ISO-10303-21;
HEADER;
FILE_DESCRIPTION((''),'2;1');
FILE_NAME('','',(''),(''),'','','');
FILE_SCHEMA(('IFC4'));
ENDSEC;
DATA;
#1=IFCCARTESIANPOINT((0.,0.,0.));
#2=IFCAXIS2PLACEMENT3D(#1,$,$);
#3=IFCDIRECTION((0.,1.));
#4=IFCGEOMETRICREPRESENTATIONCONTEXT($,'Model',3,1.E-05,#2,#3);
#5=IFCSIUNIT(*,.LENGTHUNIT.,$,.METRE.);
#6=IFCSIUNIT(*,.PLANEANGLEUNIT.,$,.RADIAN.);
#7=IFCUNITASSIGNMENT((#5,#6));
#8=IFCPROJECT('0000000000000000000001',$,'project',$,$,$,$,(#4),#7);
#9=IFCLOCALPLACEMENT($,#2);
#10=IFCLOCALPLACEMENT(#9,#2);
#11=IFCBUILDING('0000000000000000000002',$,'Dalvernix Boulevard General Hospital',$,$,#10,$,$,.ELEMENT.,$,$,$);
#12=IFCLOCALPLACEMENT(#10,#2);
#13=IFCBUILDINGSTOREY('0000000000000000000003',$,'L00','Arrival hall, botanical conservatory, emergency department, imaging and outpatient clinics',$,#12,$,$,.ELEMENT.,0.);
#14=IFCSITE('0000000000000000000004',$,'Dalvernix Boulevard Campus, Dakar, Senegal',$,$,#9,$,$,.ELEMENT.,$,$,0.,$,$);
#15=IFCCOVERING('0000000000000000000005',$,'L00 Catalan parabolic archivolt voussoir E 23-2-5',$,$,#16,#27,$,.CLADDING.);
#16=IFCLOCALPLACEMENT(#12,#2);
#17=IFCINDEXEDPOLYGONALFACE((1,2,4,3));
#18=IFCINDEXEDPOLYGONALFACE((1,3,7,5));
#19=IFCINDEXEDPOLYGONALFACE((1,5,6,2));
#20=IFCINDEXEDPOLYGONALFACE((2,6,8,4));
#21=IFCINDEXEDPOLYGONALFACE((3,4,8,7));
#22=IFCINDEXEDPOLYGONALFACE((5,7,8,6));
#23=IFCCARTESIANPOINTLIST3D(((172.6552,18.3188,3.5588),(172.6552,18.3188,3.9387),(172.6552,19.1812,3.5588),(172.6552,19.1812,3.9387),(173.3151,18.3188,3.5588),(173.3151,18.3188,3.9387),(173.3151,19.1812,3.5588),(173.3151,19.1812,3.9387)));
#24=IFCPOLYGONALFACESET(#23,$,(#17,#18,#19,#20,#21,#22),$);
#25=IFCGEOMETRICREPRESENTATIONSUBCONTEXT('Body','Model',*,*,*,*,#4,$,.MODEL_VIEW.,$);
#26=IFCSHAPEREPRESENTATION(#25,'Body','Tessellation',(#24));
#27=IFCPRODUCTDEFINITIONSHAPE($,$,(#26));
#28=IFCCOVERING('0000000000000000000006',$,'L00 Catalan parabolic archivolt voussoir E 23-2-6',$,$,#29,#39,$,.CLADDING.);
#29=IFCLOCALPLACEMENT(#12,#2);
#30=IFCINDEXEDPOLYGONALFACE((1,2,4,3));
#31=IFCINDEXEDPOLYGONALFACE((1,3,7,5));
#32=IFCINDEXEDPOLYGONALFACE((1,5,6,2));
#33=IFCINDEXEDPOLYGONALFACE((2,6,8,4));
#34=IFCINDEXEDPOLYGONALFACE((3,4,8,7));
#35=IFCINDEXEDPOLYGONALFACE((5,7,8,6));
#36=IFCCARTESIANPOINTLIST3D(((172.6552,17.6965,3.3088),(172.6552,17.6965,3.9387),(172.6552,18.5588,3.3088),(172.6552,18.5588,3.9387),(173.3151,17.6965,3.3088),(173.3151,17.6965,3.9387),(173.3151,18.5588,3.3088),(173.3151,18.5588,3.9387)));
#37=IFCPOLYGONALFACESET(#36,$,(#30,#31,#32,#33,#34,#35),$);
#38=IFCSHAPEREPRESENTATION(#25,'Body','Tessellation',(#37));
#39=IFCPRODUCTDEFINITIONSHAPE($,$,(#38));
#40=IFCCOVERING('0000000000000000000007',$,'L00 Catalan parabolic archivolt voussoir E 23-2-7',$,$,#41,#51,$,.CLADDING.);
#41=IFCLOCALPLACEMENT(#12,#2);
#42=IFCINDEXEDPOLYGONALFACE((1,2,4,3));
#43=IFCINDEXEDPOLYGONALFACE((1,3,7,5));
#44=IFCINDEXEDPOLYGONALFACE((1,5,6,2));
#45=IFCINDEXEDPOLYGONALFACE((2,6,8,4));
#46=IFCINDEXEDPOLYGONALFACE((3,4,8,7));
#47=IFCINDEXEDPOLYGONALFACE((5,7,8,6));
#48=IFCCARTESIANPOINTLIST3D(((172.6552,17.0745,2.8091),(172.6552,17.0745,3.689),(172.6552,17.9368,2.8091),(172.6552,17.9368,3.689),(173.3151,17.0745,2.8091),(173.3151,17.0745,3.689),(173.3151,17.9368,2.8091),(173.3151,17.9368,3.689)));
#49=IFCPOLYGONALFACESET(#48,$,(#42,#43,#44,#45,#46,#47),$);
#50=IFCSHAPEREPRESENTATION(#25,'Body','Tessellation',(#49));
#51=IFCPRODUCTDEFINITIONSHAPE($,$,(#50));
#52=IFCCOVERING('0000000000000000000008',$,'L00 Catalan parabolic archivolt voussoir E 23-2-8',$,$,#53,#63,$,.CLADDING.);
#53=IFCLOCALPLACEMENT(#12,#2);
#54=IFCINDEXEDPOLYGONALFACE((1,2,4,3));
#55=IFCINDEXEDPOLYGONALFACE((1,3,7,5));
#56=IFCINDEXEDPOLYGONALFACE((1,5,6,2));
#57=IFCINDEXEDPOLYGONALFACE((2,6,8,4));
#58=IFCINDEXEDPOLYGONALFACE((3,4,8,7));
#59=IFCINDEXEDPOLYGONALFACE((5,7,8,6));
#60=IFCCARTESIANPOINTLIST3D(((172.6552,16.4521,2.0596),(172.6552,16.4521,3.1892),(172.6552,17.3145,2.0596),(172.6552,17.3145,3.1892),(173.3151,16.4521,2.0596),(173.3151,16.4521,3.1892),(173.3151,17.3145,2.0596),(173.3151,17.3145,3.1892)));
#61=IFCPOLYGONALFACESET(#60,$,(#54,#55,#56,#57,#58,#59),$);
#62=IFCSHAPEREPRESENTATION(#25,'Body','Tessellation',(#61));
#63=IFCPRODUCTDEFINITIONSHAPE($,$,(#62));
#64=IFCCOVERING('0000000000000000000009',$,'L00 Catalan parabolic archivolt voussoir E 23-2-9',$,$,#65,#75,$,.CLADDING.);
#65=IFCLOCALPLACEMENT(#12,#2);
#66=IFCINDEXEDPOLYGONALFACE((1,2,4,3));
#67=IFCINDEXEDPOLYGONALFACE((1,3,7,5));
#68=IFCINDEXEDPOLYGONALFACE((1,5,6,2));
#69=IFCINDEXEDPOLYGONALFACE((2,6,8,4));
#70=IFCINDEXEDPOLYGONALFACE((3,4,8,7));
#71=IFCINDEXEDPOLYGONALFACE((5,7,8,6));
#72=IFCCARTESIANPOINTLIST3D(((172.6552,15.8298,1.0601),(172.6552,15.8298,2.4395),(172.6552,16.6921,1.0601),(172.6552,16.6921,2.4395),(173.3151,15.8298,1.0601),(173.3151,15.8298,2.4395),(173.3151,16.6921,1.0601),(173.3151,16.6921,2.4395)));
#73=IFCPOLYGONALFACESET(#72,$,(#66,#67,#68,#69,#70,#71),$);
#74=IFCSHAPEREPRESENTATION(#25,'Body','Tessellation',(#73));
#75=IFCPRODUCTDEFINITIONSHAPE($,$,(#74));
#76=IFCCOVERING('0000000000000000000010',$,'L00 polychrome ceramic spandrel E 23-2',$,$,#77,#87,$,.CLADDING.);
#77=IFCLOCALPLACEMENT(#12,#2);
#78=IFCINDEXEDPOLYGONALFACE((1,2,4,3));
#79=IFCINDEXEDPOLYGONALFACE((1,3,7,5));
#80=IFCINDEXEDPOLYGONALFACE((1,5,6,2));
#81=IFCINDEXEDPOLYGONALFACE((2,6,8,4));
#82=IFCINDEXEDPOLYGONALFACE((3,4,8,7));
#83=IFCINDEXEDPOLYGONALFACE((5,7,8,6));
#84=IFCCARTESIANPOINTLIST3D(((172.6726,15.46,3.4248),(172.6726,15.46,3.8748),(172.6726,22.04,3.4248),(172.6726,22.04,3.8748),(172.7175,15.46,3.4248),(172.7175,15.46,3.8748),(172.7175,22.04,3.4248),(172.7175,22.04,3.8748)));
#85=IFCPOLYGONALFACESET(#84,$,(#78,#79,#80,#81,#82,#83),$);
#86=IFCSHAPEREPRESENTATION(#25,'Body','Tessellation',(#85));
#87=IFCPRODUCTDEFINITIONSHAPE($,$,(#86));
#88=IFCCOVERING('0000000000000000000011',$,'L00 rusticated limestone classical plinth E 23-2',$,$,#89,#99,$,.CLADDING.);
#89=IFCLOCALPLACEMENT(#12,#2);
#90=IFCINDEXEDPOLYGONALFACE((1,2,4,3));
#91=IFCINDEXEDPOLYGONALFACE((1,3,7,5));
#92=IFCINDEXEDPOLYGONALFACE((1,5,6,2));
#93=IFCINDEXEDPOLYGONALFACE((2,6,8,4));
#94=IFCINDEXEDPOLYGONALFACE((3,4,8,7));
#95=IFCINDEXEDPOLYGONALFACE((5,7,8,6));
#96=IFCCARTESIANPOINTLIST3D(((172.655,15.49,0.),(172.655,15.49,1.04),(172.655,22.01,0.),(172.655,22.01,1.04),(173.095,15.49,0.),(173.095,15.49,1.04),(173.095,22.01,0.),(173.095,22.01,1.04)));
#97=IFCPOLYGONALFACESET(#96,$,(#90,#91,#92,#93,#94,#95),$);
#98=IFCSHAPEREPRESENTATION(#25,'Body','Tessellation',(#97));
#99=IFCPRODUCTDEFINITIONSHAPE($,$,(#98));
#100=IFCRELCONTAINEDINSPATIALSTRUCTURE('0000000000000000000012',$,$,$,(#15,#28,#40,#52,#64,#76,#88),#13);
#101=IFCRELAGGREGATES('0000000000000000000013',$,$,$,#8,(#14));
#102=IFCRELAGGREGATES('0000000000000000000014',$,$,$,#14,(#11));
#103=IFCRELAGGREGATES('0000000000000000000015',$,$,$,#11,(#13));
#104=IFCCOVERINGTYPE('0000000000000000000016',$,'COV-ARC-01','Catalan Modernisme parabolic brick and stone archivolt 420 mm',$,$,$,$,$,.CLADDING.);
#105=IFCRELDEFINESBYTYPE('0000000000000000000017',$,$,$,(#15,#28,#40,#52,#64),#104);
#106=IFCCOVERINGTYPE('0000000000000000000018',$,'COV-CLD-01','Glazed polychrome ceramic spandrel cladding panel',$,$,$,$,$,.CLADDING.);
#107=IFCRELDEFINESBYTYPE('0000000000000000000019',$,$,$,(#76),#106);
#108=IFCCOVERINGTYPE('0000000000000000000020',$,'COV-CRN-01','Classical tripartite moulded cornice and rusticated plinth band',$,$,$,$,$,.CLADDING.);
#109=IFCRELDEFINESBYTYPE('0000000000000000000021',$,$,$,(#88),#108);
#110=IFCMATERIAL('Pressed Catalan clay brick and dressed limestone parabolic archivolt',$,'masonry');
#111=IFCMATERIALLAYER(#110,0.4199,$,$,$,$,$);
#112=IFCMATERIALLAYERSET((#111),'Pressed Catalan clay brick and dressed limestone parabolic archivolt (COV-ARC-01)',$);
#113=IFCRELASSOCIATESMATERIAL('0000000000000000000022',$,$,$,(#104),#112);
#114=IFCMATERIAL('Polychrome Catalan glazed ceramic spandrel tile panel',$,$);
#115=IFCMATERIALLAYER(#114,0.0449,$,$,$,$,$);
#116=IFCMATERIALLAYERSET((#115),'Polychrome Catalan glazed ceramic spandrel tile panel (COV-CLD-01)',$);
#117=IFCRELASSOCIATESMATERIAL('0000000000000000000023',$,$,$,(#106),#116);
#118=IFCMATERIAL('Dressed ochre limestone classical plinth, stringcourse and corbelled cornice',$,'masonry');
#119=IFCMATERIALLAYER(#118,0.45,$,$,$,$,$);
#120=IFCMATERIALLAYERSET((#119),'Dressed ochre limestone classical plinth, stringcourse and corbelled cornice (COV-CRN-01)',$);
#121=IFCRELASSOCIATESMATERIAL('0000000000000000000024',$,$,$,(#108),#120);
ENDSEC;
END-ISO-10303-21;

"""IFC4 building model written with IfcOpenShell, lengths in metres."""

from ifc_helpers import new_model, si_unit, direction, frame, origin, origin_2d, place, context, subcontext, project, spatial, rectangle, extrude, material, layer, layer_set, type_object, element, save


model = new_model("IFC4")

# Units and contexts
model_context = context("Model", 3, precision=1e-05, world=origin(), true_north=direction((0.0, 1.0)))
body_context = subcontext(model_context, "Body", "Model", "MODEL_VIEW")
ifc_project = project(units=[si_unit("LENGTHUNIT", "METRE"), si_unit("PLANEANGLEUNIT", "RADIAN")], contexts=[model_context])

# Site, building, storey
site_placement = place(None, origin())
site = spatial("IfcSite", under=ifc_project, at=site_placement, Name="Dalvernix Boulevard Campus, Dakar, Senegal", CompositionType="ELEMENT", RefElevation=0.0)
building_placement = place(site_placement, origin())
building = spatial("IfcBuilding", under=site, at=building_placement, Name="Dalvernix Boulevard General Hospital", CompositionType="ELEMENT")
storey_placement = place(building_placement, origin())
storey = spatial("IfcBuildingStorey", under=building, at=storey_placement, Name="L00", Description="Arrival hall, botanical conservatory, emergency department, imaging and outpatient clinics", CompositionType="ELEMENT", Elevation=0.0)

# Coverings
ifc_material_1 = material(Name="Pressed Catalan clay brick and dressed limestone parabolic archivolt", Category="masonry")
ifc_layer_1 = layer(ifc_material_1, 0.4199)
ifc_layer_set_1 = layer_set([ifc_layer_1], Name="Pressed Catalan clay brick and dressed limestone parabolic archivolt (COV-ARC-01)")
covering_type_1 = type_object("IfcCoveringType", Name="COV-ARC-01", Description="Catalan Modernisme parabolic brick and stone archivolt 420 mm", PredefinedType="CLADDING", material=ifc_layer_set_1)
covering_1_placement = place(storey_placement, frame((172.9851, 18.75, 3.5588), z_axis=(0.0, 0.0, 1.0), x_axis=(0.0, -1.0, 0.0)))
element("IfcCovering", 1, at=covering_1_placement, inside=storey, type_object=covering_type_1, Name="L00 Catalan parabolic archivolt voussoir E 23-2-5", PredefinedType="CLADDING", context=body_context, shape_type="SweptSolid", body=[
    extrude(rectangle(XDim=0.8623, YDim=0.6599, at=origin_2d()), origin(), (0.0, 0.0, 1.0), 0.3799),
])
covering_2_placement = place(storey_placement, frame((172.9851, 18.1277, 3.3088), z_axis=(0.0, 0.0, 1.0), x_axis=(0.0, -1.0, 0.0)))
element("IfcCovering", 2, at=covering_2_placement, inside=storey, type_object=covering_type_1, Name="L00 Catalan parabolic archivolt voussoir E 23-2-6", PredefinedType="CLADDING", context=body_context, shape_type="SweptSolid", body=[
    extrude(rectangle(XDim=0.8623, YDim=0.6599, at=origin_2d()), origin(), (0.0, 0.0, 1.0), 0.6299),
])
covering_3_placement = place(storey_placement, frame((172.9851, 17.5056, 2.8091), z_axis=(0.0, 0.0, 1.0), x_axis=(0.0, -1.0, 0.0)))
element("IfcCovering", 3, at=covering_3_placement, inside=storey, type_object=covering_type_1, Name="L00 Catalan parabolic archivolt voussoir E 23-2-7", PredefinedType="CLADDING", context=body_context, shape_type="SweptSolid", body=[
    extrude(rectangle(XDim=0.8623, YDim=0.6599, at=origin_2d()), origin(), (0.0, 0.0, 1.0), 0.8799),
])
covering_4_placement = place(storey_placement, frame((172.9851, 16.8833, 2.0596), z_axis=(0.0, 0.0, 1.0), x_axis=(0.0, -1.0, 0.0)))
element("IfcCovering", 4, at=covering_4_placement, inside=storey, type_object=covering_type_1, Name="L00 Catalan parabolic archivolt voussoir E 23-2-8", PredefinedType="CLADDING", context=body_context, shape_type="SweptSolid", body=[
    extrude(rectangle(XDim=0.8623, YDim=0.6599, at=origin_2d()), origin(), (0.0, 0.0, 1.0), 1.1296),
])
covering_5_placement = place(storey_placement, frame((172.9851, 16.261, 1.0601), z_axis=(0.0, 0.0, 1.0), x_axis=(0.0, -1.0, 0.0)))
element("IfcCovering", 5, at=covering_5_placement, inside=storey, type_object=covering_type_1, Name="L00 Catalan parabolic archivolt voussoir E 23-2-9", PredefinedType="CLADDING", context=body_context, shape_type="SweptSolid", body=[
    extrude(rectangle(XDim=0.8623, YDim=0.6599, at=origin_2d()), origin(), (0.0, 0.0, 1.0), 1.3794),
])
ifc_material_2 = material(Name="Polychrome Catalan glazed ceramic spandrel tile panel")
ifc_layer_2 = layer(ifc_material_2, 0.0449)
ifc_layer_set_2 = layer_set([ifc_layer_2], Name="Polychrome Catalan glazed ceramic spandrel tile panel (COV-CLD-01)")
covering_type_2 = type_object("IfcCoveringType", Name="COV-CLD-01", Description="Glazed polychrome ceramic spandrel cladding panel", PredefinedType="CLADDING", material=ifc_layer_set_2)
covering_6_placement = place(storey_placement, frame((172.6951, 18.75, 3.4248), z_axis=(0.0, 0.0, 1.0), x_axis=(0.0, -1.0, 0.0)))
element("IfcCovering", 6, at=covering_6_placement, inside=storey, type_object=covering_type_2, Name="L00 polychrome ceramic spandrel E 23-2", PredefinedType="CLADDING", context=body_context, shape_type="SweptSolid", body=[
    extrude(rectangle(XDim=6.5801, YDim=0.0449, at=origin_2d()), origin(), (0.0, 0.0, 1.0), 0.45),
])
ifc_material_3 = material(Name="Dressed ochre limestone classical plinth, stringcourse and corbelled cornice", Category="masonry")
ifc_layer_3 = layer(ifc_material_3, 0.45)
ifc_layer_set_3 = layer_set([ifc_layer_3], Name="Dressed ochre limestone classical plinth, stringcourse and corbelled cornice (COV-CRN-01)")
covering_type_3 = type_object("IfcCoveringType", Name="COV-CRN-01", Description="Classical tripartite moulded cornice and rusticated plinth band", PredefinedType="CLADDING", material=ifc_layer_set_3)
covering_7_placement = place(storey_placement, frame((172.875, 18.75, 0.0), z_axis=(0.0, 0.0, 1.0), x_axis=(0.0, -1.0, 0.0)))
element("IfcCovering", 7, at=covering_7_placement, inside=storey, type_object=covering_type_3, Name="L00 rusticated limestone classical plinth E 23-2", PredefinedType="CLADDING", context=body_context, shape_type="SweptSolid", body=[
    extrude(rectangle(XDim=6.52, YDim=0.4399, at=origin_2d()), origin(), (0.0, 0.0, 1.0), 1.04),
])

save(model, "model.ifc")
